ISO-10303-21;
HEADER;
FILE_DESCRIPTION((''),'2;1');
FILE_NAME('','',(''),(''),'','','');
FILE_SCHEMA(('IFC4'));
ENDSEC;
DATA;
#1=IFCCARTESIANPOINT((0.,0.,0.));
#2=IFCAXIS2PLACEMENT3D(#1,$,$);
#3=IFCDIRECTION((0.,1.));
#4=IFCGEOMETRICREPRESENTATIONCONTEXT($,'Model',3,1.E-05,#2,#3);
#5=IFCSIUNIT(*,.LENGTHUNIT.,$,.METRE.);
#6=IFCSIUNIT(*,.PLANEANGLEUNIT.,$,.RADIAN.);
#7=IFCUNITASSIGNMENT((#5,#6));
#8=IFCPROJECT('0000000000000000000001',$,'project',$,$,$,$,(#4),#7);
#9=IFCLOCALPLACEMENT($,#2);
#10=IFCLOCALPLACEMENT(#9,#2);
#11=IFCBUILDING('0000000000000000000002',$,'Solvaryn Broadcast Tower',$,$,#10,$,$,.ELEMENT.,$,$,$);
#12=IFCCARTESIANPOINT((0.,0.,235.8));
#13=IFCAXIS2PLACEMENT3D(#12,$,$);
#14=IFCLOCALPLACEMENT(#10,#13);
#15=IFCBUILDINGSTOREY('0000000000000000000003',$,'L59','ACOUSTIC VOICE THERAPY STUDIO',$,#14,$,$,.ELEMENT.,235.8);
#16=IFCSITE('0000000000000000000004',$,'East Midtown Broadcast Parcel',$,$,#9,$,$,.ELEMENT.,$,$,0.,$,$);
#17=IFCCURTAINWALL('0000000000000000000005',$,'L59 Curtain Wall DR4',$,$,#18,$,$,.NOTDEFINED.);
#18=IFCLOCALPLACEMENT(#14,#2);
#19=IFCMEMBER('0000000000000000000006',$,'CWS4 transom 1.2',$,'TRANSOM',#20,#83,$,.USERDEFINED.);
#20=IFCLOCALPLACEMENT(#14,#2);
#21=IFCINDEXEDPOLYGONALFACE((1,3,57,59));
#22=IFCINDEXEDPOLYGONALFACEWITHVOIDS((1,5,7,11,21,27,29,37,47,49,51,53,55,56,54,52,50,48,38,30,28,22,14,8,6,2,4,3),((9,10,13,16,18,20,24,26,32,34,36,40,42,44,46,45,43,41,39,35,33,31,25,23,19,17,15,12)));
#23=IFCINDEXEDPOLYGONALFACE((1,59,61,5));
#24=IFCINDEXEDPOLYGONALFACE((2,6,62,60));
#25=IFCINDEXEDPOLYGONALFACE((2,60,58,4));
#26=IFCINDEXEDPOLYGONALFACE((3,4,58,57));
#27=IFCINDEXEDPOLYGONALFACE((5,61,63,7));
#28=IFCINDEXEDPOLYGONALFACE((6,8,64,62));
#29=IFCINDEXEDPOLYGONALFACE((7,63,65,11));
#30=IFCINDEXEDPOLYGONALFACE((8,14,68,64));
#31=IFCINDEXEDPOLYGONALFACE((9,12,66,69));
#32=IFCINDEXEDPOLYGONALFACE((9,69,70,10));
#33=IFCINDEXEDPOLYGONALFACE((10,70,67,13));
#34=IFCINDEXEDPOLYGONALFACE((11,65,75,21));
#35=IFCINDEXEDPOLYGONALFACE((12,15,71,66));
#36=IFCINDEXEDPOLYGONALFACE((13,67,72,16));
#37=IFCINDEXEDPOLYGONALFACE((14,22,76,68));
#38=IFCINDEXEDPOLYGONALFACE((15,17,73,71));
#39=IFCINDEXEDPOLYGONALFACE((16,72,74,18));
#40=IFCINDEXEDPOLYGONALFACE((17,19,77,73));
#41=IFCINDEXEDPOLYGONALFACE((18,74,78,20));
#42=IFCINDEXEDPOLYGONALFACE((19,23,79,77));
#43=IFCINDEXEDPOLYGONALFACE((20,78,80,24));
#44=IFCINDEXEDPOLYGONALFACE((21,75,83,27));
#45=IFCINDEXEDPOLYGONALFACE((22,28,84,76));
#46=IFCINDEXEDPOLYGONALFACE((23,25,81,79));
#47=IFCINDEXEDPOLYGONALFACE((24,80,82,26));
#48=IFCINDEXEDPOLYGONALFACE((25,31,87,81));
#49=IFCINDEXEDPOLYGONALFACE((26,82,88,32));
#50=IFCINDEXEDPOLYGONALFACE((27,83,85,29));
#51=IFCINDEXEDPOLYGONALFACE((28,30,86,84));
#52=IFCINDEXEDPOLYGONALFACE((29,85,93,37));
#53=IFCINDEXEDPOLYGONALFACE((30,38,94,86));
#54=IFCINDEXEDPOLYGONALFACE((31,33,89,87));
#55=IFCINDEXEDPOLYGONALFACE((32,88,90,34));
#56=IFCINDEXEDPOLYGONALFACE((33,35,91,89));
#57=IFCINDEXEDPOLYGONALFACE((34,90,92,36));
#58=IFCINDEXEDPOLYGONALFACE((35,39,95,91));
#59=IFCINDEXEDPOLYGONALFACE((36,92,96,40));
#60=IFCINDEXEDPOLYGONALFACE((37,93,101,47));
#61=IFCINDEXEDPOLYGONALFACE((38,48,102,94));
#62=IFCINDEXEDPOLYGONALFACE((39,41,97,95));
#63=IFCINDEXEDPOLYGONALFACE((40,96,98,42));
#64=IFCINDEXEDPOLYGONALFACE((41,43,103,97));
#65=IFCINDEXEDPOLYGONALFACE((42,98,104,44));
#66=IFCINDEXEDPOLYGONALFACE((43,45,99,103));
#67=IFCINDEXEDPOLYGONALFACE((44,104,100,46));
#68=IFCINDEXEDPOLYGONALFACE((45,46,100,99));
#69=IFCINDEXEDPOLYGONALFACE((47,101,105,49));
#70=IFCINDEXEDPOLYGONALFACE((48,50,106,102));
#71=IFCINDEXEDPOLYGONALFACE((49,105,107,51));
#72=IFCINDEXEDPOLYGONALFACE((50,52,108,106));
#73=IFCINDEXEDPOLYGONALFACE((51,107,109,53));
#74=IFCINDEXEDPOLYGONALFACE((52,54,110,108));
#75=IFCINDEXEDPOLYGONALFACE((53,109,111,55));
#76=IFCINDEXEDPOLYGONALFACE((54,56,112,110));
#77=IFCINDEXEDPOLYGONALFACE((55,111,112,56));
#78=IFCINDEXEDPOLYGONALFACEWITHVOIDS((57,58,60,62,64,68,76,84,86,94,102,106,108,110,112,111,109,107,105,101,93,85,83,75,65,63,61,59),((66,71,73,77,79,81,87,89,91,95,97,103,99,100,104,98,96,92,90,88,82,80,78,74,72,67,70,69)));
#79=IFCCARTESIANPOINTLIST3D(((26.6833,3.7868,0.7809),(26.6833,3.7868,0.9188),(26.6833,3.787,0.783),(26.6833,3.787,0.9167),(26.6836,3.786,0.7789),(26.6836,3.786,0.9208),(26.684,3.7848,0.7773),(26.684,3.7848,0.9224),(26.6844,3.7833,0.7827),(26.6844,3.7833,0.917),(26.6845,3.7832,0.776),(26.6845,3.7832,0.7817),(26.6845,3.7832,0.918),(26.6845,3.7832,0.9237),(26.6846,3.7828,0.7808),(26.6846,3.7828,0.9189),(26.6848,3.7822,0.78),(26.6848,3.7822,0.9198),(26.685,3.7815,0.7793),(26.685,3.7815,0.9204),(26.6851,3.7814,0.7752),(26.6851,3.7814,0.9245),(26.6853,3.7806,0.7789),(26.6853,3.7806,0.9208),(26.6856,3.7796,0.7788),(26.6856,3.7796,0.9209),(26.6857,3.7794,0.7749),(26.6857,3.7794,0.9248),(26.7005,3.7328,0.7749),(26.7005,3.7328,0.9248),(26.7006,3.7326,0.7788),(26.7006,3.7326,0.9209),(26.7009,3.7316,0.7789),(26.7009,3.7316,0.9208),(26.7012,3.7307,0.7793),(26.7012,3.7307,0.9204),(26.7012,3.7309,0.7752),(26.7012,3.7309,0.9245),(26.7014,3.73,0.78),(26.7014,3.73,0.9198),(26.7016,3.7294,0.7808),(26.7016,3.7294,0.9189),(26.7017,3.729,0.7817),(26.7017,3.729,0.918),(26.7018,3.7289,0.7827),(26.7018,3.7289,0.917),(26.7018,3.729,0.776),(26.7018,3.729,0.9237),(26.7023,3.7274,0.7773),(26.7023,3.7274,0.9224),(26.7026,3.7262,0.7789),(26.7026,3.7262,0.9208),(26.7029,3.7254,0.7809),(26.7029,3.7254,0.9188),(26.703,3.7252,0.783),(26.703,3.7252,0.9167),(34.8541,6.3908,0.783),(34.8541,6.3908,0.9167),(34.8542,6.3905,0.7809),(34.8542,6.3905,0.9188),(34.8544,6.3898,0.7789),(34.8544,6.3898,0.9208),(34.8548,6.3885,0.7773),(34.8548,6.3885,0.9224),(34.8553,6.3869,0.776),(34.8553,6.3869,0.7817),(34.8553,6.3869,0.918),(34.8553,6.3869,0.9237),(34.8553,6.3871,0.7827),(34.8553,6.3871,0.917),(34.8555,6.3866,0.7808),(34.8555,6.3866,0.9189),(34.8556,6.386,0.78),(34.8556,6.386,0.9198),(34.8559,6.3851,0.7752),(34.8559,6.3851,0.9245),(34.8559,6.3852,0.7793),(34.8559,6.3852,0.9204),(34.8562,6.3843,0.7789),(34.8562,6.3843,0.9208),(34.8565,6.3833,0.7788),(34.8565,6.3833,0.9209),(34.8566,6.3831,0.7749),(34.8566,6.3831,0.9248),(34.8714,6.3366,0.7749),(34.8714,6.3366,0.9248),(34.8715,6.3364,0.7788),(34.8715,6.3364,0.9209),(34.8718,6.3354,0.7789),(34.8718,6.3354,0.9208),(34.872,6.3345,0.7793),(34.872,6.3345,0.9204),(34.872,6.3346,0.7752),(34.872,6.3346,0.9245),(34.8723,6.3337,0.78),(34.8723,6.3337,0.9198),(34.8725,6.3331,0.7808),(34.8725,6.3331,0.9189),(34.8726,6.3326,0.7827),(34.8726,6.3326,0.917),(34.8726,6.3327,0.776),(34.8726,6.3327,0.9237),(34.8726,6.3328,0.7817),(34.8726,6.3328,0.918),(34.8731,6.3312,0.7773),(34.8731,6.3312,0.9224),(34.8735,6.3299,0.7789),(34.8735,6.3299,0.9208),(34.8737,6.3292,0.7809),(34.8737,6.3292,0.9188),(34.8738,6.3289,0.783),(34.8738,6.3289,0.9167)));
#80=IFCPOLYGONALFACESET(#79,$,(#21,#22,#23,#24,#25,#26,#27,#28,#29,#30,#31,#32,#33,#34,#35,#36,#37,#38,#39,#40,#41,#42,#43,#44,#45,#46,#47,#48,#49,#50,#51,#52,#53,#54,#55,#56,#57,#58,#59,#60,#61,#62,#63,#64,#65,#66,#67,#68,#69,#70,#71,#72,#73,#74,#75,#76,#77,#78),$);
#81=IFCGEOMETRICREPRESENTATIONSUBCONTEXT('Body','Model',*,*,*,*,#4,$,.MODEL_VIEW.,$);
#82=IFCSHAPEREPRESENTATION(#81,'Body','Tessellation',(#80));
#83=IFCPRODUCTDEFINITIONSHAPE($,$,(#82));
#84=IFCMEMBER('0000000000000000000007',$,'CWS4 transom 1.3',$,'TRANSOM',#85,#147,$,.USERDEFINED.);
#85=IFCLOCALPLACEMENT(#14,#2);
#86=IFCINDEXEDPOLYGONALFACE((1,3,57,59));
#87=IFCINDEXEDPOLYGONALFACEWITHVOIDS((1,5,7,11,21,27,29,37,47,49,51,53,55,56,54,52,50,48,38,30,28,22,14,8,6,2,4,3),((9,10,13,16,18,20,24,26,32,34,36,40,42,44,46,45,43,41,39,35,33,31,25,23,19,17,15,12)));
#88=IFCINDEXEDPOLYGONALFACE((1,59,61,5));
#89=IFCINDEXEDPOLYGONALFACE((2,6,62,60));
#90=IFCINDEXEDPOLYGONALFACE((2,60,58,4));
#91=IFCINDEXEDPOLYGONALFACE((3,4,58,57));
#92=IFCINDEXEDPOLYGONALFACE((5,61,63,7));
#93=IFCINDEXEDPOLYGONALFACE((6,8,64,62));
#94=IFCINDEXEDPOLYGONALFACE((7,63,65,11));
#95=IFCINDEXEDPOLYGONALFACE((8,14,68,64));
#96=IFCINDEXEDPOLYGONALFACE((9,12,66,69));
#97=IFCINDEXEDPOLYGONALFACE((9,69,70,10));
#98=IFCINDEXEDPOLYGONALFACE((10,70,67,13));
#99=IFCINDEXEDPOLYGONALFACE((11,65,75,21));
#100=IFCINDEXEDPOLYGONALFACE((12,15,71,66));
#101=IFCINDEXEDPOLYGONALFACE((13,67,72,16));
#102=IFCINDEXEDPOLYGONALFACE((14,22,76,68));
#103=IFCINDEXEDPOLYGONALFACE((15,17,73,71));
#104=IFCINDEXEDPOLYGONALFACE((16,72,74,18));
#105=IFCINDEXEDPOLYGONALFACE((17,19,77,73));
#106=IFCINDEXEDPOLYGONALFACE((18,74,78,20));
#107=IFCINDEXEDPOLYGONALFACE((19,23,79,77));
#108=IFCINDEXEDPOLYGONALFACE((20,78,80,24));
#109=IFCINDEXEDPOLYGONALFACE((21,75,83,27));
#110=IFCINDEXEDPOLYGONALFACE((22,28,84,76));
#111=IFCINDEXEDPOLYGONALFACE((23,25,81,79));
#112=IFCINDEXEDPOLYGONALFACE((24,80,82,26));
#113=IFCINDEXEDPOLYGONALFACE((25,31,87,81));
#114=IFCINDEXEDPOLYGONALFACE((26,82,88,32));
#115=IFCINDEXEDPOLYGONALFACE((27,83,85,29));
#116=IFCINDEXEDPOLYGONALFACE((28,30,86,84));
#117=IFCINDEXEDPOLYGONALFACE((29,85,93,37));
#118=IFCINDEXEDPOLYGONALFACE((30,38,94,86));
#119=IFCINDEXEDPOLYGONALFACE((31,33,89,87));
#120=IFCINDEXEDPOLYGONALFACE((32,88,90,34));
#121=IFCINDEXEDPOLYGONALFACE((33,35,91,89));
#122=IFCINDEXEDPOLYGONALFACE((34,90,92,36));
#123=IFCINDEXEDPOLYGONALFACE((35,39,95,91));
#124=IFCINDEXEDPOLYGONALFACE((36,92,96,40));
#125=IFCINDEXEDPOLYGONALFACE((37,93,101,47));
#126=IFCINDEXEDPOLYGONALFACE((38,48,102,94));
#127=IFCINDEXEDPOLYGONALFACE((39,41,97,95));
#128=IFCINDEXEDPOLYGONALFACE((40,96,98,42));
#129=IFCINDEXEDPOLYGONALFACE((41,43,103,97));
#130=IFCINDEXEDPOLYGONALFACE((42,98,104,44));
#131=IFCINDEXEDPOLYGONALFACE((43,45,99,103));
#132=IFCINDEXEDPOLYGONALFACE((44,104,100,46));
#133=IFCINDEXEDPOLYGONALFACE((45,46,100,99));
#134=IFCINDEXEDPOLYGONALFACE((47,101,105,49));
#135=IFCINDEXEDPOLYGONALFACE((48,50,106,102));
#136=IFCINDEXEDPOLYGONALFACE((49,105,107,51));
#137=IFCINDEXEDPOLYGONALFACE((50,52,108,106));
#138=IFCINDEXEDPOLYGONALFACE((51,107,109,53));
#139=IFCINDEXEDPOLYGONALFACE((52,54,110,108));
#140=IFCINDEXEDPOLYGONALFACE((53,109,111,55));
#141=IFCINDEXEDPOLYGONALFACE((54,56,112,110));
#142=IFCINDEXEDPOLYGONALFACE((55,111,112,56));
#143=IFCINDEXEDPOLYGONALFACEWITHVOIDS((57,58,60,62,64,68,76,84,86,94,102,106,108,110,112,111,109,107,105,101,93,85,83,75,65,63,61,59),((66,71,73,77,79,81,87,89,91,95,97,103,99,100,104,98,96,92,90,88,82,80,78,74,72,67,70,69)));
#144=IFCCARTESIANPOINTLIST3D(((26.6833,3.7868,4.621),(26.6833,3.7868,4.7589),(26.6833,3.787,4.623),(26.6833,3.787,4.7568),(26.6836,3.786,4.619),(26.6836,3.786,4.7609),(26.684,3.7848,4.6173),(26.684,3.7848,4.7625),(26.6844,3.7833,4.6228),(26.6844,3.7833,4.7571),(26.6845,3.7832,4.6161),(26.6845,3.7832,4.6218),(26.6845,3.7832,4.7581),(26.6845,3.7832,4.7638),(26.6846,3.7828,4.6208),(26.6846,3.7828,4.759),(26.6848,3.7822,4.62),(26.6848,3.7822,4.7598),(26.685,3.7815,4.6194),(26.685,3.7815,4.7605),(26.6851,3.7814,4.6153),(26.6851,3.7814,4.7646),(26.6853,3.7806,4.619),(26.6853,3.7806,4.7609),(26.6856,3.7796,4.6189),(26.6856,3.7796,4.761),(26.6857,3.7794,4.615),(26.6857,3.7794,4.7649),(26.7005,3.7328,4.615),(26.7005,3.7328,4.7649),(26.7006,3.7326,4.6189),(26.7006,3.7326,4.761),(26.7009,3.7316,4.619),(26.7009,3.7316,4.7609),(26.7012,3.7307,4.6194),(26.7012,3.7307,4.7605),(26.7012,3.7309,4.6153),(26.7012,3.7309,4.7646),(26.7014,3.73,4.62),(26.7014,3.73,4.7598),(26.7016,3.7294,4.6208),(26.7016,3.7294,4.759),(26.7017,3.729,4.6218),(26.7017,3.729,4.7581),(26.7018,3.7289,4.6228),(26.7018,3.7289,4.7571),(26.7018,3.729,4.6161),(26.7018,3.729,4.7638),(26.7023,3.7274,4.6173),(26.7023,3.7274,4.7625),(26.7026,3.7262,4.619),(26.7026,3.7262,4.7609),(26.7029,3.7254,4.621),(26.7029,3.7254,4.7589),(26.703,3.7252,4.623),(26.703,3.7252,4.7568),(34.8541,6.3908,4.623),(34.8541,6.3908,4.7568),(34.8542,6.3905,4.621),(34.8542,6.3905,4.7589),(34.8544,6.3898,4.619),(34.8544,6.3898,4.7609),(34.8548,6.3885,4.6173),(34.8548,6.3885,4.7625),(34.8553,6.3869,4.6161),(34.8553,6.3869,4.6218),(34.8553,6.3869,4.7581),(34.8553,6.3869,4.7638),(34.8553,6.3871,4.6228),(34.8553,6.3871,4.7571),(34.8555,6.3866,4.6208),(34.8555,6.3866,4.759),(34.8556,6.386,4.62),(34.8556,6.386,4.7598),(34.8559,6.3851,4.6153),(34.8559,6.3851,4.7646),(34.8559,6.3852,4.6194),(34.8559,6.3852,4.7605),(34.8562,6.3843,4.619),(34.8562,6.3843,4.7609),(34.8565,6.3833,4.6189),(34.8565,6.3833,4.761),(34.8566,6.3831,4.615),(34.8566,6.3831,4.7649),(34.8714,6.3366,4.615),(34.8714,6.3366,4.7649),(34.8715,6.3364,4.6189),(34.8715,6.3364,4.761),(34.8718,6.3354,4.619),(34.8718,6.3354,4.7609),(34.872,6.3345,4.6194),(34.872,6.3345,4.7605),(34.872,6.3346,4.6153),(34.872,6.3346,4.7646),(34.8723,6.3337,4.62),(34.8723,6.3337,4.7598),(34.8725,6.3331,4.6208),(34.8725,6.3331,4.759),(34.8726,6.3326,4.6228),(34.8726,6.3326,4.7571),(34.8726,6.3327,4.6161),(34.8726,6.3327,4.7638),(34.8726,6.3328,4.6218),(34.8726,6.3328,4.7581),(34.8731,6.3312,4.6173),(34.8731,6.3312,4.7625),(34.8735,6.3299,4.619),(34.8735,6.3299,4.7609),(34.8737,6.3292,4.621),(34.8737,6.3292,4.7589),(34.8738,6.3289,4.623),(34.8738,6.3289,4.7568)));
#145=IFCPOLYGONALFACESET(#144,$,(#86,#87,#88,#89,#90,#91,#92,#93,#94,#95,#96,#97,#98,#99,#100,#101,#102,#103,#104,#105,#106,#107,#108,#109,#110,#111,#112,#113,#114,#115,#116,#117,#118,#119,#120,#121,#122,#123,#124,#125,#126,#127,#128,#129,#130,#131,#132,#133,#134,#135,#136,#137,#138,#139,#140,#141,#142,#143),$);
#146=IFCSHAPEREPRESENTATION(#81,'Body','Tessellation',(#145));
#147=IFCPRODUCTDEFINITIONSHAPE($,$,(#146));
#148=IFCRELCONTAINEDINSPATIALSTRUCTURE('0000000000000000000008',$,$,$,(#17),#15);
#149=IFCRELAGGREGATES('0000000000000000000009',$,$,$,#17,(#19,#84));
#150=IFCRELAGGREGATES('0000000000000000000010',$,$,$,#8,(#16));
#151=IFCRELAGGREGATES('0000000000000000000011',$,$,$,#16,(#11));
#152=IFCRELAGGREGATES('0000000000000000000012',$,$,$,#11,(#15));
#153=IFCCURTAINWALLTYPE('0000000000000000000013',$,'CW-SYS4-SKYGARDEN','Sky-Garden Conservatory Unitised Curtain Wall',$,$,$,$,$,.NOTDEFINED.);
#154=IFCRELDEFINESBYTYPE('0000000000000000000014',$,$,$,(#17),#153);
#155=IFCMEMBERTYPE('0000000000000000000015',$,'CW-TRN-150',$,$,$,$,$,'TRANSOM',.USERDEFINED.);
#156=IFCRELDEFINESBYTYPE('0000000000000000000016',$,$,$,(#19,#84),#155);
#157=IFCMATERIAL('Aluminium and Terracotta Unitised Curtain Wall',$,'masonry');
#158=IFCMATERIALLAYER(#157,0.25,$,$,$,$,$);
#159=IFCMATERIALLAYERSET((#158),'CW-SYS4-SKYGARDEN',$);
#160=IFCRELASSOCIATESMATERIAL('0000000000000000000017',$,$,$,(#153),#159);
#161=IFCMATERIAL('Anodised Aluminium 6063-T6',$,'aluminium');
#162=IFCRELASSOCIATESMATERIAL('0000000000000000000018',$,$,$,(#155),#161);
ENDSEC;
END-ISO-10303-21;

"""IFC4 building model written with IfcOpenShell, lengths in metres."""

from ifc_helpers import new_model, si_unit, direction, frame, origin, origin_2d, place, context, subcontext, project, spatial, hollow_rectangle, extrude, material, layer, layer_set, material_profile, profile_set, type_object, element, aggregate, save


model = new_model("IFC4")

# Units and contexts
model_context = context("Model", 3, precision=1e-05, world=origin(), true_north=direction((0.0, 1.0)))
body_context = subcontext(model_context, "Body", "Model", "MODEL_VIEW")
ifc_project = project(units=[si_unit("LENGTHUNIT", "METRE"), si_unit("PLANEANGLEUNIT", "RADIAN")], contexts=[model_context])

# Site, building, storey
site_placement = place(None, origin())
site = spatial("IfcSite", under=ifc_project, at=site_placement, Name="East Midtown Broadcast Parcel", CompositionType="ELEMENT", RefElevation=0.0)
building_placement = place(site_placement, origin())
building = spatial("IfcBuilding", under=site, at=building_placement, Name="Solvaryn Broadcast Tower", CompositionType="ELEMENT")
storey_placement = place(building_placement, frame((0.0, 0.0, 235.8)))
storey = spatial("IfcBuildingStorey", under=building, at=storey_placement, Name="L59", Description="ACOUSTIC VOICE THERAPY STUDIO", CompositionType="ELEMENT", Elevation=235.8)

# Shared definitions
ifc_material_1 = material(Name="Aluminium and Terracotta Unitised Curtain Wall", Category="masonry")
ifc_layer_1 = layer(ifc_material_1, 0.25)
ifc_layer_set_1 = layer_set([ifc_layer_1], Name="CW-SYS4-SKYGARDEN")
curtain_wall_type = type_object("IfcCurtainWallType", Name="CW-SYS4-SKYGARDEN", Description="Sky-Garden Conservatory Unitised Curtain Wall", PredefinedType="NOTDEFINED", material=ifc_layer_set_1)

# Curtain wall, members
curtain_wall_1_placement = place(storey_placement, origin())
curtain_wall_1 = element("IfcCurtainWall", 1, at=curtain_wall_1_placement, inside=storey, type_object=curtain_wall_type, Name="L59 Curtain Wall DR4", PredefinedType="NOTDEFINED")
ifc_material_2 = material(Name="Anodised Aluminium 6063-T6", Category="aluminium")
ifc_material_profile_1 = material_profile(ifc_material_2, hollow_rectangle(XDim=0.0649, YDim=0.1499, WallThickness=0.0039, InnerFilletRadius=0.0039, OuterFilletRadius=0.0081, at=origin_2d()))
ifc_profile_set_1 = profile_set([ifc_material_profile_1], Name="Anodised Aluminium 6063-T6")
member_type_1 = type_object("IfcMemberType", Name="CW-TRN-150", ElementType="TRANSOM", PredefinedType="USERDEFINED", material=ifc_profile_set_1)
member_1_placement = place(storey_placement, frame((26.6931, 3.7561, 0.8499), z_axis=(0.952793, 0.30362, 0.0), x_axis=(-0.30362, 0.952793, 0.0)))
member_1 = element("IfcMember", 2, at=member_1_placement, type_object=member_type_1, Name="CWS4 transom 1.2", ObjectType="TRANSOM", PredefinedType="USERDEFINED", context=body_context, shape_type="SweptSolid", body=[
    extrude(hollow_rectangle(XDim=0.0649, YDim=0.1499, WallThickness=0.0039, InnerFilletRadius=0.0039, OuterFilletRadius=0.0081, at=origin_2d()), origin(), (0.0, 0.0, 1.0), 8.5757),
])
member_2_placement = place(storey_placement, frame((26.6931, 3.7561, 4.6899), z_axis=(0.952793, 0.30362, 0.0), x_axis=(-0.30362, 0.952793, 0.0)))
member_2 = element("IfcMember", 3, at=member_2_placement, type_object=member_type_1, Name="CWS4 transom 1.3", ObjectType="TRANSOM", PredefinedType="USERDEFINED", context=body_context, shape_type="SweptSolid", body=[
    extrude(hollow_rectangle(XDim=0.0649, YDim=0.1499, WallThickness=0.0039, InnerFilletRadius=0.0039, OuterFilletRadius=0.0081, at=origin_2d()), origin(), (0.0, 0.0, 1.0), 8.5757),
])

aggregate(curtain_wall_1, [member_1, member_2])

save(model, "model.ifc")
